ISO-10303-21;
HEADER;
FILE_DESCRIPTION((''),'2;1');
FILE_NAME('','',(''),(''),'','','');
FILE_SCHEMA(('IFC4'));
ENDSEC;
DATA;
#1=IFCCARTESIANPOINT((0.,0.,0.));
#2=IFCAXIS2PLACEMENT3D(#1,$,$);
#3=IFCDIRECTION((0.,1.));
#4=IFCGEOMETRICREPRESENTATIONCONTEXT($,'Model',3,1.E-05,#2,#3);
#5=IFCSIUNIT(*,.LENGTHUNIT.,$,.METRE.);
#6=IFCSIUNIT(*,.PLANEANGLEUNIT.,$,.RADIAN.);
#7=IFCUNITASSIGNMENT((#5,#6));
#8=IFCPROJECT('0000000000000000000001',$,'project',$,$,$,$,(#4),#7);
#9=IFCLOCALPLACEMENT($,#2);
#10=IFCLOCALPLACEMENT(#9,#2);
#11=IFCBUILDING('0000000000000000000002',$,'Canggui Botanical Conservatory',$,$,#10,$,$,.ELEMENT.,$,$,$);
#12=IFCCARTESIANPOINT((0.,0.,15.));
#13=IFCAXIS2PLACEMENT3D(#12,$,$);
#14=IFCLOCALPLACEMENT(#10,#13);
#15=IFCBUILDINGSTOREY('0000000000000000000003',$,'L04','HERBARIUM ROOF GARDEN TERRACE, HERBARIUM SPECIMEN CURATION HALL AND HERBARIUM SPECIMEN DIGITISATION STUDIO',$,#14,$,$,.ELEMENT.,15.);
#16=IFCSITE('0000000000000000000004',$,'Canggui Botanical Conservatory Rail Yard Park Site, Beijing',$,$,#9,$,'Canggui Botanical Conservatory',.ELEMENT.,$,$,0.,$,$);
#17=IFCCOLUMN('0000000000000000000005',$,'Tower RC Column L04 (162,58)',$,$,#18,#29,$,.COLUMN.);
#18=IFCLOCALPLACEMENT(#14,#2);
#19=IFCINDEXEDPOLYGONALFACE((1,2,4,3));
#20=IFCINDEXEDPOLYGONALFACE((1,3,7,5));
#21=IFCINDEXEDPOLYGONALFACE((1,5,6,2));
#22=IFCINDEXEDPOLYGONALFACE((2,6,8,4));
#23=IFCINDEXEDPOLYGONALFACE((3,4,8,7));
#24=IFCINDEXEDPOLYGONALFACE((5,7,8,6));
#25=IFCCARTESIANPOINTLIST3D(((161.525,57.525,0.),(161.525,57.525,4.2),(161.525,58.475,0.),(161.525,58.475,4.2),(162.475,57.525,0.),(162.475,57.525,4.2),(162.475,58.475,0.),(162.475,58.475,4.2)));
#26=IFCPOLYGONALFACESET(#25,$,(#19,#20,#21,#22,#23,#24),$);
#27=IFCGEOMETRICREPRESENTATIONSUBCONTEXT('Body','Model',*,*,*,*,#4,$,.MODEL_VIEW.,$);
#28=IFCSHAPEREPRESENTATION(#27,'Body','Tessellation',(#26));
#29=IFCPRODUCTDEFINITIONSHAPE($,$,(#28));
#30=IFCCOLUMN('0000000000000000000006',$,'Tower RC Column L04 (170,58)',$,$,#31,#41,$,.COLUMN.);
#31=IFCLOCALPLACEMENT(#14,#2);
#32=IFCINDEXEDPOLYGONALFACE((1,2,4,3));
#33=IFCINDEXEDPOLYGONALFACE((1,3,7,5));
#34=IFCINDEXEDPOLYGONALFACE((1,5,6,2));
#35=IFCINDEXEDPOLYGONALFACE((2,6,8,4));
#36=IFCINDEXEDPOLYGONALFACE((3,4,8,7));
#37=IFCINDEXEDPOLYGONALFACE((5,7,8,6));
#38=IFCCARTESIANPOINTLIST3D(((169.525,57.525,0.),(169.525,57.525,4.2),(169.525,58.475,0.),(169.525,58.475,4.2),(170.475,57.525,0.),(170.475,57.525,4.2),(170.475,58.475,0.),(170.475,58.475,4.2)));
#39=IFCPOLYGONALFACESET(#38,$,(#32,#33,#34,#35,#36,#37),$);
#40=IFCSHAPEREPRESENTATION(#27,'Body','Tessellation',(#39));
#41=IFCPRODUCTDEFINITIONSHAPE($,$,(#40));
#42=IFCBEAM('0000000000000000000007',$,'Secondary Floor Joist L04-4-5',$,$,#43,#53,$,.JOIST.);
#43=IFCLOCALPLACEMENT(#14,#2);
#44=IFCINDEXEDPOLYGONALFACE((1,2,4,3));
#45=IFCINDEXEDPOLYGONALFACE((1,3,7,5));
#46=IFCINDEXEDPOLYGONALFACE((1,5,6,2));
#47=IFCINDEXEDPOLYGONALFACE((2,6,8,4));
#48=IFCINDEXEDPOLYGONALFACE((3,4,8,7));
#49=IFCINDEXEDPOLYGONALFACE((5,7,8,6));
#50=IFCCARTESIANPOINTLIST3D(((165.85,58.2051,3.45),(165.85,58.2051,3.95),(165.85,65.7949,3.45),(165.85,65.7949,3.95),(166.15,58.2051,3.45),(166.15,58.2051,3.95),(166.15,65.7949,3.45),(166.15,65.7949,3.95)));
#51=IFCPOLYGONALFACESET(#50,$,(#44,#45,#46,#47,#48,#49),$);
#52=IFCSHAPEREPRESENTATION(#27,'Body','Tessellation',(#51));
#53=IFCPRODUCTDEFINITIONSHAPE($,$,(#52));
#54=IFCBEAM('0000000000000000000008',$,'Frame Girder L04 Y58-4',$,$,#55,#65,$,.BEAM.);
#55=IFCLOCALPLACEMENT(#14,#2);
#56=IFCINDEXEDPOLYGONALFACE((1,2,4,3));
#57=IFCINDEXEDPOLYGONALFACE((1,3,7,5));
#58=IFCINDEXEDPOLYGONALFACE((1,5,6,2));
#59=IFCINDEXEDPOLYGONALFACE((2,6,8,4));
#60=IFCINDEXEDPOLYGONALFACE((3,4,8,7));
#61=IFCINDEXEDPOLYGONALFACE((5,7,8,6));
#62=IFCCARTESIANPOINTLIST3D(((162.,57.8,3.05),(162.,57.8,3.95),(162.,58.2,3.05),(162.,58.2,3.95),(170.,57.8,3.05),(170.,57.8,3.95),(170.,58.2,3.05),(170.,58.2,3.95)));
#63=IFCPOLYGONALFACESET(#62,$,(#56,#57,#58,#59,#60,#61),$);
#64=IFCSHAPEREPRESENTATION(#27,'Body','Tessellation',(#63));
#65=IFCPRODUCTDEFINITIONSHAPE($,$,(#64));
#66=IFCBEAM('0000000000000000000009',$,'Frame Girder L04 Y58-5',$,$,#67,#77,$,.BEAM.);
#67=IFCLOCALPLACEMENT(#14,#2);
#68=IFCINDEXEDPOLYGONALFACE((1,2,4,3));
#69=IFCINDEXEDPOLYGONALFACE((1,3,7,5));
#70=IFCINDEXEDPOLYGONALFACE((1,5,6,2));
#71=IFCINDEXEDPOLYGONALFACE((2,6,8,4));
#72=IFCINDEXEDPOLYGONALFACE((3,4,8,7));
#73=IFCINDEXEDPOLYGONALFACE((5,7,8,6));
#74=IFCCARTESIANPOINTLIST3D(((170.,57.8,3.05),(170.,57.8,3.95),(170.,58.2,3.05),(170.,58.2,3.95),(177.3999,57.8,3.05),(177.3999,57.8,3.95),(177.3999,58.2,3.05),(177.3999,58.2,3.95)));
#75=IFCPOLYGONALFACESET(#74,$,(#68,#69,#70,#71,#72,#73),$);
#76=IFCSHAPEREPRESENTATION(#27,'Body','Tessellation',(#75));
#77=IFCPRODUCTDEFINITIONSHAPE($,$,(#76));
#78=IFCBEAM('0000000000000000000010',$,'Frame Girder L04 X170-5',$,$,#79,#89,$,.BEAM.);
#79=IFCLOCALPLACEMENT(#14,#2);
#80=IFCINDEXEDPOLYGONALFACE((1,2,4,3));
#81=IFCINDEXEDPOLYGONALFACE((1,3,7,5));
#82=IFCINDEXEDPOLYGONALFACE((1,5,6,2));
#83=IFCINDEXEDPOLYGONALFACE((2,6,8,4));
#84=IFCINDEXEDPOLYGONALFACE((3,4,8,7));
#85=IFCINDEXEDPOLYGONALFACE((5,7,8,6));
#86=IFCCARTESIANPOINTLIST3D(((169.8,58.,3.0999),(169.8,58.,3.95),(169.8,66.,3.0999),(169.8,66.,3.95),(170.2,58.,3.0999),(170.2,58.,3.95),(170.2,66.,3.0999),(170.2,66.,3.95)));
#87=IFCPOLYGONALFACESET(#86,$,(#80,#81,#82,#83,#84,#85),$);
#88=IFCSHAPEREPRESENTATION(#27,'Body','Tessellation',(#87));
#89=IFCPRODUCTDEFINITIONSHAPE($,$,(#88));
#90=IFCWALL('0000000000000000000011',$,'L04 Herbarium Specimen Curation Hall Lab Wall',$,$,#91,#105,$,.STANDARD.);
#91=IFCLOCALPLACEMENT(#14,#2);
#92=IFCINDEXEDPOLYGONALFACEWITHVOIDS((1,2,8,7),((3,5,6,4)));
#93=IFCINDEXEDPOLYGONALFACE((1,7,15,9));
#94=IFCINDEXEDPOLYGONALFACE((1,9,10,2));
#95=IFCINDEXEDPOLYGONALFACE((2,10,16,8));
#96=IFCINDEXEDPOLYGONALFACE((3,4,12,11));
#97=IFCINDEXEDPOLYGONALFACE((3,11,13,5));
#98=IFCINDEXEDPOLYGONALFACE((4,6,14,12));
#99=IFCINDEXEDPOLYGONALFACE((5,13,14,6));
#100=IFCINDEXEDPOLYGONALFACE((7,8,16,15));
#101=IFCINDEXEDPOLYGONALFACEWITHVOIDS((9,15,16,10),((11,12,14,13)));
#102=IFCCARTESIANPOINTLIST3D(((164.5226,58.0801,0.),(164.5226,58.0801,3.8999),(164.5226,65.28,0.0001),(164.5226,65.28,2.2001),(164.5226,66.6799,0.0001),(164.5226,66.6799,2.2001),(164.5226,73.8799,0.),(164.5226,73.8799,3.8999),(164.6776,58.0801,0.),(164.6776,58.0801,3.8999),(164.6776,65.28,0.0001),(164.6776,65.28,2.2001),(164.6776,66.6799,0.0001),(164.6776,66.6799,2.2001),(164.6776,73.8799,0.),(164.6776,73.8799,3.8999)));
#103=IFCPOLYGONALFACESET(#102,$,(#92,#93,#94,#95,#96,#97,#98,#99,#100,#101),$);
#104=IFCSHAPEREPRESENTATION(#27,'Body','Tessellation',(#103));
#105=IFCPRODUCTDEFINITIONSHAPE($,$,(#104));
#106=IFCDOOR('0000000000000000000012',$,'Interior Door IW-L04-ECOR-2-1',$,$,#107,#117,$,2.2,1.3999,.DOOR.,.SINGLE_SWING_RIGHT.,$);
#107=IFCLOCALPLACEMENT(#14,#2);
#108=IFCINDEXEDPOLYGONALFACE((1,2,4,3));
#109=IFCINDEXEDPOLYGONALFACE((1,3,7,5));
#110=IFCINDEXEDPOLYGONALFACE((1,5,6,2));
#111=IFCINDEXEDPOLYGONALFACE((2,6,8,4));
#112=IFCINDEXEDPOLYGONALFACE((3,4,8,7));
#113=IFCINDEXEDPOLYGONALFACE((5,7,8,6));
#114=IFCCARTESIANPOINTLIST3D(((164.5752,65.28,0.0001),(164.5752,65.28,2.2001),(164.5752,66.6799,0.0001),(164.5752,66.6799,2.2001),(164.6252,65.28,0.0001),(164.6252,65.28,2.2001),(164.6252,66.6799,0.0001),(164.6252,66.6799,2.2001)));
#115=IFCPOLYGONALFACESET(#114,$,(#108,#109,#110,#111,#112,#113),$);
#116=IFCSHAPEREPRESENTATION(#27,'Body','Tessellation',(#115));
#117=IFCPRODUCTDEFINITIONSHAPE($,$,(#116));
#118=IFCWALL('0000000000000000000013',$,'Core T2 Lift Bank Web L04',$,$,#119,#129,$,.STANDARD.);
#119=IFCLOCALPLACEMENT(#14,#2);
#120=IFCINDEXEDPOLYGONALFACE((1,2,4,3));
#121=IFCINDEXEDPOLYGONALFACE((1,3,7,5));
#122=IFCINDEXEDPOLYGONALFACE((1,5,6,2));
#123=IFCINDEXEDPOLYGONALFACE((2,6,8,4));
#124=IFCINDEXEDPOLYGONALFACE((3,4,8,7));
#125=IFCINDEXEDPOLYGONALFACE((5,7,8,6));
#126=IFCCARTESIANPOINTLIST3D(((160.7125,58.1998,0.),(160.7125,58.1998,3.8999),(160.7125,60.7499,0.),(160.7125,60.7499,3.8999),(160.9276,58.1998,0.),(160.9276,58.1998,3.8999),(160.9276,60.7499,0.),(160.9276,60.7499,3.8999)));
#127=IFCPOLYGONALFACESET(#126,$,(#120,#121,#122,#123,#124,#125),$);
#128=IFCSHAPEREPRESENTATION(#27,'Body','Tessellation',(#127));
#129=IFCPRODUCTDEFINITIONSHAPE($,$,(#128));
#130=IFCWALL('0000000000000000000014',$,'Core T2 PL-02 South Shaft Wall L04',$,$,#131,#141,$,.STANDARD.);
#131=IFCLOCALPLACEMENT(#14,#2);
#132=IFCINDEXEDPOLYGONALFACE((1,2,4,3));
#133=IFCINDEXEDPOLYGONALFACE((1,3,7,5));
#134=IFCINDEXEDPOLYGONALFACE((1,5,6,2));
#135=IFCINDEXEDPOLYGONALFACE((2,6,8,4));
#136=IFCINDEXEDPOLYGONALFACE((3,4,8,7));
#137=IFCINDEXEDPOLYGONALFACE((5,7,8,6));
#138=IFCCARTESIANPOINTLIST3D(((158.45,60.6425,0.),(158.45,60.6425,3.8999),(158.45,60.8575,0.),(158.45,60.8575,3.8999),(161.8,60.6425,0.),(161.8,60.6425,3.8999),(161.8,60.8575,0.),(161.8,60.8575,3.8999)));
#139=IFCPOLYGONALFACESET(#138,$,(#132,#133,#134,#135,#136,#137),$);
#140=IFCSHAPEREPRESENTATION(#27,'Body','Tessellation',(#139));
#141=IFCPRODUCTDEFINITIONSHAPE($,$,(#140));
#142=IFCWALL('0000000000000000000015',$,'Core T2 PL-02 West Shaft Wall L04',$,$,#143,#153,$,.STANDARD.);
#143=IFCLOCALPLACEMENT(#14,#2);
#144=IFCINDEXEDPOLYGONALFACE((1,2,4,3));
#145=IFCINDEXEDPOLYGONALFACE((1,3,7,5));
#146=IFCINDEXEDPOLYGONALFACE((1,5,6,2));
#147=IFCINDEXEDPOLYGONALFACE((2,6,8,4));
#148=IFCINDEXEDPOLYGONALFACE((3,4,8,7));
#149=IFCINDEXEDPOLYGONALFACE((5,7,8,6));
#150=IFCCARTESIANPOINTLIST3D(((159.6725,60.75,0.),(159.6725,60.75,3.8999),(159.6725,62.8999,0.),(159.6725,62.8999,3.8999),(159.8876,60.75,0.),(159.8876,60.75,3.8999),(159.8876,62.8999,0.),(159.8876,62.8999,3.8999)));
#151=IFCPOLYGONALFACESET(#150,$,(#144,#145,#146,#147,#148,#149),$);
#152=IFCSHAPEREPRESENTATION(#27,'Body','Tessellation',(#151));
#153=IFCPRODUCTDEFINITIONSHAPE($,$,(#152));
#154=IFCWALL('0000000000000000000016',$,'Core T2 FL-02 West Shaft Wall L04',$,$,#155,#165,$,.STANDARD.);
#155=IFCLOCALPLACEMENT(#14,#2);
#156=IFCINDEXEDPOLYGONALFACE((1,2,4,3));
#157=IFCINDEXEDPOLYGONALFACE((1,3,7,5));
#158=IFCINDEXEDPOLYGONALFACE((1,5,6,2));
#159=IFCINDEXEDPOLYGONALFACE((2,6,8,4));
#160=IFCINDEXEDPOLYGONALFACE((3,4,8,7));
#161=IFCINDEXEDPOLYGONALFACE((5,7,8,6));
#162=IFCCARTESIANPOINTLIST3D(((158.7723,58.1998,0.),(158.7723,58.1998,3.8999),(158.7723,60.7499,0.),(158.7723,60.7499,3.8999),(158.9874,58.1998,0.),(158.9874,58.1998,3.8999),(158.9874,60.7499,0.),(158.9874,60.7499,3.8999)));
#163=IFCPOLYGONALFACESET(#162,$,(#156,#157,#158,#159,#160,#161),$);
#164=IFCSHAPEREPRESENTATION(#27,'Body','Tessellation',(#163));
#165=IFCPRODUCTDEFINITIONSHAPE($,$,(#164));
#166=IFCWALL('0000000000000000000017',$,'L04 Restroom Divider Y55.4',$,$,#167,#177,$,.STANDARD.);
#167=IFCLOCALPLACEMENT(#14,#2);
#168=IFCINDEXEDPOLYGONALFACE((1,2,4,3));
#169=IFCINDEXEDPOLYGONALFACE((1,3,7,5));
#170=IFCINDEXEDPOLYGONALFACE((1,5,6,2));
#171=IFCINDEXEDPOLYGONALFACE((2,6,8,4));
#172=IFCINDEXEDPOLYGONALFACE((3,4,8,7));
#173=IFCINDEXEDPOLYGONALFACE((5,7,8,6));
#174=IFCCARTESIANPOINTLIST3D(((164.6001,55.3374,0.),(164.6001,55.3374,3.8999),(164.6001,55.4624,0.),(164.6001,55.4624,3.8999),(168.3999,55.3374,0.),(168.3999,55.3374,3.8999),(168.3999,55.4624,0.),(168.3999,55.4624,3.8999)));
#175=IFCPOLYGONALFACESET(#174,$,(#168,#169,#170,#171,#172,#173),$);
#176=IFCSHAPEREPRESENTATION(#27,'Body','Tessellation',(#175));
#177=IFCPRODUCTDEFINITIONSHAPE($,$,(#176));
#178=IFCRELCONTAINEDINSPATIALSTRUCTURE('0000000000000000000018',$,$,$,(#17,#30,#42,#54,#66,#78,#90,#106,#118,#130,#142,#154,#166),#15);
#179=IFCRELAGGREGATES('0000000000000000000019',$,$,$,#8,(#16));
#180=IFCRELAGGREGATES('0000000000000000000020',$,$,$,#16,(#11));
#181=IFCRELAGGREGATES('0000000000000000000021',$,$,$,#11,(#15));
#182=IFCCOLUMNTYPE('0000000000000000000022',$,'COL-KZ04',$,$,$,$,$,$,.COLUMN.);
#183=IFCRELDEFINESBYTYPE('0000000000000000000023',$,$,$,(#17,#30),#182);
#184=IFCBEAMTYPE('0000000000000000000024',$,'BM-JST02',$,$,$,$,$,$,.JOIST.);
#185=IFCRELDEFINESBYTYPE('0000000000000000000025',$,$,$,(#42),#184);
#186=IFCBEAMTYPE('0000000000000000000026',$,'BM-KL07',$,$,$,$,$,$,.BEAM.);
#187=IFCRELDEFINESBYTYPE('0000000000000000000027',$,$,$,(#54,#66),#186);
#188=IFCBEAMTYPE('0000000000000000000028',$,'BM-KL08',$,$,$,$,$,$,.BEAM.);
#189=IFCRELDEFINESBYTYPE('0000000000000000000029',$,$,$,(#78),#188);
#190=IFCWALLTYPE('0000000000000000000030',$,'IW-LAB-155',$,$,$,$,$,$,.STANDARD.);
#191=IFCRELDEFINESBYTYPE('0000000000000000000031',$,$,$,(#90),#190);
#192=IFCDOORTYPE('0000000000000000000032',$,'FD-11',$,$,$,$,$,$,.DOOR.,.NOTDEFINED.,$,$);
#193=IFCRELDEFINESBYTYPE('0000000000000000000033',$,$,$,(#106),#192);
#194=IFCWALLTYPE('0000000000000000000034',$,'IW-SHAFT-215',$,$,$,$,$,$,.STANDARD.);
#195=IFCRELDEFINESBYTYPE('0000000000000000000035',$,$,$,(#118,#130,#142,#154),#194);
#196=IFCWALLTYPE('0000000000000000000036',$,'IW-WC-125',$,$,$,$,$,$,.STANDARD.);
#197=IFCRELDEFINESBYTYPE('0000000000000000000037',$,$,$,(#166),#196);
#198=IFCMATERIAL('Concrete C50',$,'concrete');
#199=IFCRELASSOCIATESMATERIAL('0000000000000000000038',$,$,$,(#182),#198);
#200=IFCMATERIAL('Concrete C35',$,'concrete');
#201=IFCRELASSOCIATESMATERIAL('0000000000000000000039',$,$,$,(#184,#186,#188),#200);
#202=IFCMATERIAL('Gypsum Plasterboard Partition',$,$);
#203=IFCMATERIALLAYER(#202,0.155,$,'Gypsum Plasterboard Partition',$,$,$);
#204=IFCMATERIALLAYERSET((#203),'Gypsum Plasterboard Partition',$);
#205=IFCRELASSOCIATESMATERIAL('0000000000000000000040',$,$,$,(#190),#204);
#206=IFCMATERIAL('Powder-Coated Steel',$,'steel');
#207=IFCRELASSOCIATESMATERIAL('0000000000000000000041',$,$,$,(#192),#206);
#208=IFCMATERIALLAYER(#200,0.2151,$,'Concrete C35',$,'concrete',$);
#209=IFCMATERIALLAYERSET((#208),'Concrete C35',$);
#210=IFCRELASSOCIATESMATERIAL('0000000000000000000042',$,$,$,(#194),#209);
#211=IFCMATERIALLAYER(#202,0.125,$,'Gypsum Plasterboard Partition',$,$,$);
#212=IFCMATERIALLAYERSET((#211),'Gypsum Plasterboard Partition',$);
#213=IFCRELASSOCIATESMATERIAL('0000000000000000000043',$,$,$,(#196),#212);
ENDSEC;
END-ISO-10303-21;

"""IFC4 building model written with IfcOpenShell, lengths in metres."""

from ifc_helpers import new_model, si_unit, direction, frame, frame_2d, origin, origin_2d, place, context, subcontext, project, spatial, rectangle, extrude, material, layer, layer_set, material_profile, profile_set, type_object, element, fill, save


model = new_model("IFC4")

# Units and contexts
model_context = context("Model", 3, precision=1e-05, world=origin(), true_north=direction((0.0, 1.0)))
body_context = subcontext(model_context, "Body", "Model", "MODEL_VIEW")
ifc_project = project(units=[si_unit("LENGTHUNIT", "METRE"), si_unit("PLANEANGLEUNIT", "RADIAN")], contexts=[model_context])

# Site, building, storey
site_placement = place(None, origin())
site = spatial("IfcSite", under=ifc_project, at=site_placement, Name="Canggui Botanical Conservatory Rail Yard Park Site, Beijing", LongName="Canggui Botanical Conservatory", CompositionType="ELEMENT", RefElevation=0.0)
building_placement = place(site_placement, origin())
building = spatial("IfcBuilding", under=site, at=building_placement, Name="Canggui Botanical Conservatory", CompositionType="ELEMENT")
storey_placement = place(building_placement, frame((0.0, 0.0, 15.0)))
storey = spatial("IfcBuildingStorey", under=building, at=storey_placement, Name="L04", Description="HERBARIUM ROOF GARDEN TERRACE, HERBARIUM SPECIMEN CURATION HALL AND HERBARIUM SPECIMEN DIGITISATION STUDIO", CompositionType="ELEMENT", Elevation=15.0)

# Columns
ifc_material_1 = material(Name="Concrete C50", Category="concrete")
ifc_material_profile_1 = material_profile(ifc_material_1, rectangle(XDim=0.95, YDim=0.95, at=origin_2d()), Name="RC 950x950")
ifc_profile_set_1 = profile_set([ifc_material_profile_1], Name="Concrete C50")
column_type = type_object("IfcColumnType", Name="COL-KZ04", PredefinedType="COLUMN", material=ifc_profile_set_1)
for number, where, z_axis, x_axis, name in (
    (1, (162.0, 58.0, 0.0), (0.0, 0.0, 1.0), (1.0, 0.0, 0.0), "Tower RC Column L04 (162,58)"),
    (2, (170.0, 58.0, 0.0), (0.0, 0.0, 1.0), (1.0, 0.0, 0.0), "Tower RC Column L04 (170,58)"),
):
    element("IfcColumn", number, at=place(storey_placement, frame(where, z_axis=z_axis, x_axis=x_axis)), inside=storey, type_object=column_type, Name=name, PredefinedType="COLUMN", context=body_context, shape_type="SweptSolid", body=[
        extrude(rectangle(XDim=0.95, YDim=0.95, at=origin_2d()), origin(), (0.0, 0.0, 1.0), 4.2),
    ])

# Beams
ifc_material_2 = material(Name="Concrete C35", Category="concrete")
ifc_material_profile_2 = material_profile(ifc_material_2, rectangle(XDim=0.3, YDim=0.5, at=origin_2d()), Name="RB 300x500")
ifc_profile_set_2 = profile_set([ifc_material_profile_2], Name="Concrete C35")
beam_type_1 = type_object("IfcBeamType", Name="BM-JST02", PredefinedType="JOIST", material=ifc_profile_set_2)
beam_1_placement = place(storey_placement, frame((166.0, 58.2051, 3.7), z_axis=(0.0, 1.0, 0.0), x_axis=(-1.0, 0.0, 0.0)))
element("IfcBeam", 3, at=beam_1_placement, inside=storey, type_object=beam_type_1, Name="Secondary Floor Joist L04-4-5", PredefinedType="JOIST", context=body_context, shape_type="SweptSolid", body=[
    extrude(rectangle(XDim=0.3, YDim=0.5, at=origin_2d()), origin(), (0.0, 0.0, 1.0), 7.5898),
])
ifc_material_profile_3 = material_profile(ifc_material_2, rectangle(XDim=0.3999, YDim=0.8999, at=origin_2d()), Name="RB 400x900")
ifc_profile_set_3 = profile_set([ifc_material_profile_3], Name="Concrete C35")
beam_type_2 = type_object("IfcBeamType", Name="BM-KL07", PredefinedType="BEAM", material=ifc_profile_set_3)
beam_2_placement = place(storey_placement, frame((162.0, 58.0, 3.5), z_axis=(1.0, 0.0, 0.0), x_axis=(0.0, 1.0, 0.0)))
element("IfcBeam", 4, at=beam_2_placement, inside=storey, type_object=beam_type_2, Name="Frame Girder L04 Y58-4", PredefinedType="BEAM", context=body_context, shape_type="SweptSolid", body=[
    extrude(rectangle(XDim=0.3999, YDim=0.8999, at=origin_2d()), origin(), (0.0, 0.0, 1.0), 8.0),
])
beam_3_placement = place(storey_placement, frame((170.0, 58.0, 3.5), z_axis=(1.0, 0.0, 0.0), x_axis=(0.0, 1.0, 0.0)))
element("IfcBeam", 5, at=beam_3_placement, inside=storey, type_object=beam_type_2, Name="Frame Girder L04 Y58-5", PredefinedType="BEAM", context=body_context, shape_type="SweptSolid", body=[
    extrude(rectangle(XDim=0.3999, YDim=0.8999, at=origin_2d()), origin(), (0.0, 0.0, 1.0), 7.3999),
])
ifc_material_profile_4 = material_profile(ifc_material_2, rectangle(XDim=0.3999, YDim=0.8501, at=origin_2d()), Name="RB 400x850")
ifc_profile_set_4 = profile_set([ifc_material_profile_4], Name="Concrete C35")
beam_type_3 = type_object("IfcBeamType", Name="BM-KL08", PredefinedType="BEAM", material=ifc_profile_set_4)
beam_4_placement = place(storey_placement, frame((170.0, 58.0, 3.5249), z_axis=(0.0, 1.0, 0.0), x_axis=(-1.0, 0.0, 0.0)))
element("IfcBeam", 6, at=beam_4_placement, inside=storey, type_object=beam_type_3, Name="Frame Girder L04 X170-5", PredefinedType="BEAM", context=body_context, shape_type="SweptSolid", body=[
    extrude(rectangle(XDim=0.3999, YDim=0.8501, at=origin_2d()), origin(), (0.0, 0.0, 1.0), 8.0),
])

# Wall, opening, door
ifc_material_3 = material(Name="Gypsum Plasterboard Partition")
ifc_layer_1 = layer(ifc_material_3, 0.155, Name="Gypsum Plasterboard Partition")
ifc_layer_set_1 = layer_set([ifc_layer_1], Name="Gypsum Plasterboard Partition")
wall_type_1 = type_object("IfcWallType", Name="IW-LAB-155", PredefinedType="STANDARD", material=ifc_layer_set_1)
wall_1_placement = place(storey_placement, frame((164.6001, 58.0801, 0.0), z_axis=(0.0, 0.0, 1.0), x_axis=(0.0, 1.0, 0.0)))
wall_1 = element("IfcWall", 7, at=wall_1_placement, inside=storey, type_object=wall_type_1, Name="L04 Herbarium Specimen Curation Hall Lab Wall", PredefinedType="STANDARD", context=body_context, shape_type="SweptSolid", body=[
    extrude(rectangle(XDim=15.7998, YDim=0.155, at=frame_2d((7.8999, 0.0))), origin(), (0.0, 0.0, 1.0), 3.8999),
])
opening_1_placement = place(wall_1_placement, frame((7.2, 0.0, 0.0)))
opening_1 = element("IfcOpeningElement", 8, at=opening_1_placement, cuts=wall_1, PredefinedType="OPENING", context=body_context, shape_type="SweptSolid", body=[
    extrude(rectangle(XDim=1.3999, YDim=2.2, at=frame_2d((0.7, 1.1001))), frame((0.0, 0.0874, 0.0), z_axis=(0.0, -1.0, 0.0), x_axis=(1.0, 0.0, 0.0)), (0.0, 0.0, 1.0), 0.175),
])
ifc_material_4 = material(Name="Powder-Coated Steel", Category="steel")
door_type_1 = type_object("IfcDoorType", Name="FD-11", OperationType="NOTDEFINED", PredefinedType="DOOR", material=ifc_material_4)
door_1_placement = place(opening_1_placement, origin())
door_1 = element("IfcDoor", 9, at=door_1_placement, inside=storey, type_object=door_type_1, Name="Interior Door IW-L04-ECOR-2-1", OperationType="SINGLE_SWING_RIGHT", OverallHeight=2.2, OverallWidth=1.3999, PredefinedType="DOOR", context=body_context, shape_type="SweptSolid", body=[
    extrude(rectangle(XDim=1.3999, YDim=2.2, at=frame_2d((0.7, 1.1001))), frame((0.0, 0.0249, 0.0), z_axis=(0.0, -1.0, 0.0), x_axis=(1.0, 0.0, 0.0)), (0.0, 0.0, 1.0), 0.05),
])
fill(opening_1, door_1)

# Walls
ifc_layer_2 = layer(ifc_material_2, 0.2151, Name="Concrete C35", Category="concrete")
ifc_layer_set_2 = layer_set([ifc_layer_2], Name="Concrete C35")
wall_type_2 = type_object("IfcWallType", Name="IW-SHAFT-215", PredefinedType="STANDARD", material=ifc_layer_set_2)
wall_2_placement = place(storey_placement, frame((160.8201, 58.2, 0.0), z_axis=(0.0, 0.0, 1.0), x_axis=(0.0, 1.0, 0.0)))
element("IfcWall", 10, at=wall_2_placement, inside=storey, type_object=wall_type_2, Name="Core T2 Lift Bank Web L04", PredefinedType="STANDARD", context=body_context, shape_type="SweptSolid", body=[
    extrude(rectangle(XDim=2.55, YDim=0.2151, at=frame_2d((1.2749, 0.0))), origin(), (0.0, 0.0, 1.0), 3.8999),
])
wall_3_placement = place(storey_placement, frame((158.45, 60.75, 0.0), z_axis=(0.0, 0.0, 1.0), x_axis=(1.0, 0.0, 0.0)))
element("IfcWall", 11, at=wall_3_placement, inside=storey, type_object=wall_type_2, Name="Core T2 PL-02 South Shaft Wall L04", PredefinedType="STANDARD", context=body_context, shape_type="SweptSolid", body=[
    extrude(rectangle(XDim=3.3501, YDim=0.2151, at=frame_2d((1.675, 0.0))), origin(), (0.0, 0.0, 1.0), 3.8999),
])
wall_4_placement = place(storey_placement, frame((159.78, 60.75, 0.0), z_axis=(0.0, 0.0, 1.0), x_axis=(0.0, 1.0, 0.0)))
element("IfcWall", 12, at=wall_4_placement, inside=storey, type_object=wall_type_2, Name="Core T2 PL-02 West Shaft Wall L04", PredefinedType="STANDARD", context=body_context, shape_type="SweptSolid", body=[
    extrude(rectangle(XDim=2.1499, YDim=0.2151, at=frame_2d((1.075, 0.0))), origin(), (0.0, 0.0, 1.0), 3.8999),
])
wall_5_placement = place(storey_placement, frame((158.8799, 58.2, 0.0), z_axis=(0.0, 0.0, 1.0), x_axis=(0.0, 1.0, 0.0)))
element("IfcWall", 13, at=wall_5_placement, inside=storey, type_object=wall_type_2, Name="Core T2 FL-02 West Shaft Wall L04", PredefinedType="STANDARD", context=body_context, shape_type="SweptSolid", body=[
    extrude(rectangle(XDim=2.55, YDim=0.2151, at=frame_2d((1.2749, 0.0))), origin(), (0.0, 0.0, 1.0), 3.8999),
])
ifc_layer_3 = layer(ifc_material_3, 0.125, Name="Gypsum Plasterboard Partition")
ifc_layer_set_3 = layer_set([ifc_layer_3], Name="Gypsum Plasterboard Partition")
wall_type_3 = type_object("IfcWallType", Name="IW-WC-125", PredefinedType="STANDARD", material=ifc_layer_set_3)
wall_6_placement = place(storey_placement, frame((164.6001, 55.3999, 0.0), z_axis=(0.0, 0.0, 1.0), x_axis=(1.0, 0.0, 0.0)))
element("IfcWall", 14, at=wall_6_placement, inside=storey, type_object=wall_type_3, Name="L04 Restroom Divider Y55.4", PredefinedType="STANDARD", context=body_context, shape_type="SweptSolid", body=[
    extrude(rectangle(XDim=3.7998, YDim=0.125, at=frame_2d((1.8999, 0.0))), origin(), (0.0, 0.0, 1.0), 3.8999),
])

save(model, "model.ifc")
